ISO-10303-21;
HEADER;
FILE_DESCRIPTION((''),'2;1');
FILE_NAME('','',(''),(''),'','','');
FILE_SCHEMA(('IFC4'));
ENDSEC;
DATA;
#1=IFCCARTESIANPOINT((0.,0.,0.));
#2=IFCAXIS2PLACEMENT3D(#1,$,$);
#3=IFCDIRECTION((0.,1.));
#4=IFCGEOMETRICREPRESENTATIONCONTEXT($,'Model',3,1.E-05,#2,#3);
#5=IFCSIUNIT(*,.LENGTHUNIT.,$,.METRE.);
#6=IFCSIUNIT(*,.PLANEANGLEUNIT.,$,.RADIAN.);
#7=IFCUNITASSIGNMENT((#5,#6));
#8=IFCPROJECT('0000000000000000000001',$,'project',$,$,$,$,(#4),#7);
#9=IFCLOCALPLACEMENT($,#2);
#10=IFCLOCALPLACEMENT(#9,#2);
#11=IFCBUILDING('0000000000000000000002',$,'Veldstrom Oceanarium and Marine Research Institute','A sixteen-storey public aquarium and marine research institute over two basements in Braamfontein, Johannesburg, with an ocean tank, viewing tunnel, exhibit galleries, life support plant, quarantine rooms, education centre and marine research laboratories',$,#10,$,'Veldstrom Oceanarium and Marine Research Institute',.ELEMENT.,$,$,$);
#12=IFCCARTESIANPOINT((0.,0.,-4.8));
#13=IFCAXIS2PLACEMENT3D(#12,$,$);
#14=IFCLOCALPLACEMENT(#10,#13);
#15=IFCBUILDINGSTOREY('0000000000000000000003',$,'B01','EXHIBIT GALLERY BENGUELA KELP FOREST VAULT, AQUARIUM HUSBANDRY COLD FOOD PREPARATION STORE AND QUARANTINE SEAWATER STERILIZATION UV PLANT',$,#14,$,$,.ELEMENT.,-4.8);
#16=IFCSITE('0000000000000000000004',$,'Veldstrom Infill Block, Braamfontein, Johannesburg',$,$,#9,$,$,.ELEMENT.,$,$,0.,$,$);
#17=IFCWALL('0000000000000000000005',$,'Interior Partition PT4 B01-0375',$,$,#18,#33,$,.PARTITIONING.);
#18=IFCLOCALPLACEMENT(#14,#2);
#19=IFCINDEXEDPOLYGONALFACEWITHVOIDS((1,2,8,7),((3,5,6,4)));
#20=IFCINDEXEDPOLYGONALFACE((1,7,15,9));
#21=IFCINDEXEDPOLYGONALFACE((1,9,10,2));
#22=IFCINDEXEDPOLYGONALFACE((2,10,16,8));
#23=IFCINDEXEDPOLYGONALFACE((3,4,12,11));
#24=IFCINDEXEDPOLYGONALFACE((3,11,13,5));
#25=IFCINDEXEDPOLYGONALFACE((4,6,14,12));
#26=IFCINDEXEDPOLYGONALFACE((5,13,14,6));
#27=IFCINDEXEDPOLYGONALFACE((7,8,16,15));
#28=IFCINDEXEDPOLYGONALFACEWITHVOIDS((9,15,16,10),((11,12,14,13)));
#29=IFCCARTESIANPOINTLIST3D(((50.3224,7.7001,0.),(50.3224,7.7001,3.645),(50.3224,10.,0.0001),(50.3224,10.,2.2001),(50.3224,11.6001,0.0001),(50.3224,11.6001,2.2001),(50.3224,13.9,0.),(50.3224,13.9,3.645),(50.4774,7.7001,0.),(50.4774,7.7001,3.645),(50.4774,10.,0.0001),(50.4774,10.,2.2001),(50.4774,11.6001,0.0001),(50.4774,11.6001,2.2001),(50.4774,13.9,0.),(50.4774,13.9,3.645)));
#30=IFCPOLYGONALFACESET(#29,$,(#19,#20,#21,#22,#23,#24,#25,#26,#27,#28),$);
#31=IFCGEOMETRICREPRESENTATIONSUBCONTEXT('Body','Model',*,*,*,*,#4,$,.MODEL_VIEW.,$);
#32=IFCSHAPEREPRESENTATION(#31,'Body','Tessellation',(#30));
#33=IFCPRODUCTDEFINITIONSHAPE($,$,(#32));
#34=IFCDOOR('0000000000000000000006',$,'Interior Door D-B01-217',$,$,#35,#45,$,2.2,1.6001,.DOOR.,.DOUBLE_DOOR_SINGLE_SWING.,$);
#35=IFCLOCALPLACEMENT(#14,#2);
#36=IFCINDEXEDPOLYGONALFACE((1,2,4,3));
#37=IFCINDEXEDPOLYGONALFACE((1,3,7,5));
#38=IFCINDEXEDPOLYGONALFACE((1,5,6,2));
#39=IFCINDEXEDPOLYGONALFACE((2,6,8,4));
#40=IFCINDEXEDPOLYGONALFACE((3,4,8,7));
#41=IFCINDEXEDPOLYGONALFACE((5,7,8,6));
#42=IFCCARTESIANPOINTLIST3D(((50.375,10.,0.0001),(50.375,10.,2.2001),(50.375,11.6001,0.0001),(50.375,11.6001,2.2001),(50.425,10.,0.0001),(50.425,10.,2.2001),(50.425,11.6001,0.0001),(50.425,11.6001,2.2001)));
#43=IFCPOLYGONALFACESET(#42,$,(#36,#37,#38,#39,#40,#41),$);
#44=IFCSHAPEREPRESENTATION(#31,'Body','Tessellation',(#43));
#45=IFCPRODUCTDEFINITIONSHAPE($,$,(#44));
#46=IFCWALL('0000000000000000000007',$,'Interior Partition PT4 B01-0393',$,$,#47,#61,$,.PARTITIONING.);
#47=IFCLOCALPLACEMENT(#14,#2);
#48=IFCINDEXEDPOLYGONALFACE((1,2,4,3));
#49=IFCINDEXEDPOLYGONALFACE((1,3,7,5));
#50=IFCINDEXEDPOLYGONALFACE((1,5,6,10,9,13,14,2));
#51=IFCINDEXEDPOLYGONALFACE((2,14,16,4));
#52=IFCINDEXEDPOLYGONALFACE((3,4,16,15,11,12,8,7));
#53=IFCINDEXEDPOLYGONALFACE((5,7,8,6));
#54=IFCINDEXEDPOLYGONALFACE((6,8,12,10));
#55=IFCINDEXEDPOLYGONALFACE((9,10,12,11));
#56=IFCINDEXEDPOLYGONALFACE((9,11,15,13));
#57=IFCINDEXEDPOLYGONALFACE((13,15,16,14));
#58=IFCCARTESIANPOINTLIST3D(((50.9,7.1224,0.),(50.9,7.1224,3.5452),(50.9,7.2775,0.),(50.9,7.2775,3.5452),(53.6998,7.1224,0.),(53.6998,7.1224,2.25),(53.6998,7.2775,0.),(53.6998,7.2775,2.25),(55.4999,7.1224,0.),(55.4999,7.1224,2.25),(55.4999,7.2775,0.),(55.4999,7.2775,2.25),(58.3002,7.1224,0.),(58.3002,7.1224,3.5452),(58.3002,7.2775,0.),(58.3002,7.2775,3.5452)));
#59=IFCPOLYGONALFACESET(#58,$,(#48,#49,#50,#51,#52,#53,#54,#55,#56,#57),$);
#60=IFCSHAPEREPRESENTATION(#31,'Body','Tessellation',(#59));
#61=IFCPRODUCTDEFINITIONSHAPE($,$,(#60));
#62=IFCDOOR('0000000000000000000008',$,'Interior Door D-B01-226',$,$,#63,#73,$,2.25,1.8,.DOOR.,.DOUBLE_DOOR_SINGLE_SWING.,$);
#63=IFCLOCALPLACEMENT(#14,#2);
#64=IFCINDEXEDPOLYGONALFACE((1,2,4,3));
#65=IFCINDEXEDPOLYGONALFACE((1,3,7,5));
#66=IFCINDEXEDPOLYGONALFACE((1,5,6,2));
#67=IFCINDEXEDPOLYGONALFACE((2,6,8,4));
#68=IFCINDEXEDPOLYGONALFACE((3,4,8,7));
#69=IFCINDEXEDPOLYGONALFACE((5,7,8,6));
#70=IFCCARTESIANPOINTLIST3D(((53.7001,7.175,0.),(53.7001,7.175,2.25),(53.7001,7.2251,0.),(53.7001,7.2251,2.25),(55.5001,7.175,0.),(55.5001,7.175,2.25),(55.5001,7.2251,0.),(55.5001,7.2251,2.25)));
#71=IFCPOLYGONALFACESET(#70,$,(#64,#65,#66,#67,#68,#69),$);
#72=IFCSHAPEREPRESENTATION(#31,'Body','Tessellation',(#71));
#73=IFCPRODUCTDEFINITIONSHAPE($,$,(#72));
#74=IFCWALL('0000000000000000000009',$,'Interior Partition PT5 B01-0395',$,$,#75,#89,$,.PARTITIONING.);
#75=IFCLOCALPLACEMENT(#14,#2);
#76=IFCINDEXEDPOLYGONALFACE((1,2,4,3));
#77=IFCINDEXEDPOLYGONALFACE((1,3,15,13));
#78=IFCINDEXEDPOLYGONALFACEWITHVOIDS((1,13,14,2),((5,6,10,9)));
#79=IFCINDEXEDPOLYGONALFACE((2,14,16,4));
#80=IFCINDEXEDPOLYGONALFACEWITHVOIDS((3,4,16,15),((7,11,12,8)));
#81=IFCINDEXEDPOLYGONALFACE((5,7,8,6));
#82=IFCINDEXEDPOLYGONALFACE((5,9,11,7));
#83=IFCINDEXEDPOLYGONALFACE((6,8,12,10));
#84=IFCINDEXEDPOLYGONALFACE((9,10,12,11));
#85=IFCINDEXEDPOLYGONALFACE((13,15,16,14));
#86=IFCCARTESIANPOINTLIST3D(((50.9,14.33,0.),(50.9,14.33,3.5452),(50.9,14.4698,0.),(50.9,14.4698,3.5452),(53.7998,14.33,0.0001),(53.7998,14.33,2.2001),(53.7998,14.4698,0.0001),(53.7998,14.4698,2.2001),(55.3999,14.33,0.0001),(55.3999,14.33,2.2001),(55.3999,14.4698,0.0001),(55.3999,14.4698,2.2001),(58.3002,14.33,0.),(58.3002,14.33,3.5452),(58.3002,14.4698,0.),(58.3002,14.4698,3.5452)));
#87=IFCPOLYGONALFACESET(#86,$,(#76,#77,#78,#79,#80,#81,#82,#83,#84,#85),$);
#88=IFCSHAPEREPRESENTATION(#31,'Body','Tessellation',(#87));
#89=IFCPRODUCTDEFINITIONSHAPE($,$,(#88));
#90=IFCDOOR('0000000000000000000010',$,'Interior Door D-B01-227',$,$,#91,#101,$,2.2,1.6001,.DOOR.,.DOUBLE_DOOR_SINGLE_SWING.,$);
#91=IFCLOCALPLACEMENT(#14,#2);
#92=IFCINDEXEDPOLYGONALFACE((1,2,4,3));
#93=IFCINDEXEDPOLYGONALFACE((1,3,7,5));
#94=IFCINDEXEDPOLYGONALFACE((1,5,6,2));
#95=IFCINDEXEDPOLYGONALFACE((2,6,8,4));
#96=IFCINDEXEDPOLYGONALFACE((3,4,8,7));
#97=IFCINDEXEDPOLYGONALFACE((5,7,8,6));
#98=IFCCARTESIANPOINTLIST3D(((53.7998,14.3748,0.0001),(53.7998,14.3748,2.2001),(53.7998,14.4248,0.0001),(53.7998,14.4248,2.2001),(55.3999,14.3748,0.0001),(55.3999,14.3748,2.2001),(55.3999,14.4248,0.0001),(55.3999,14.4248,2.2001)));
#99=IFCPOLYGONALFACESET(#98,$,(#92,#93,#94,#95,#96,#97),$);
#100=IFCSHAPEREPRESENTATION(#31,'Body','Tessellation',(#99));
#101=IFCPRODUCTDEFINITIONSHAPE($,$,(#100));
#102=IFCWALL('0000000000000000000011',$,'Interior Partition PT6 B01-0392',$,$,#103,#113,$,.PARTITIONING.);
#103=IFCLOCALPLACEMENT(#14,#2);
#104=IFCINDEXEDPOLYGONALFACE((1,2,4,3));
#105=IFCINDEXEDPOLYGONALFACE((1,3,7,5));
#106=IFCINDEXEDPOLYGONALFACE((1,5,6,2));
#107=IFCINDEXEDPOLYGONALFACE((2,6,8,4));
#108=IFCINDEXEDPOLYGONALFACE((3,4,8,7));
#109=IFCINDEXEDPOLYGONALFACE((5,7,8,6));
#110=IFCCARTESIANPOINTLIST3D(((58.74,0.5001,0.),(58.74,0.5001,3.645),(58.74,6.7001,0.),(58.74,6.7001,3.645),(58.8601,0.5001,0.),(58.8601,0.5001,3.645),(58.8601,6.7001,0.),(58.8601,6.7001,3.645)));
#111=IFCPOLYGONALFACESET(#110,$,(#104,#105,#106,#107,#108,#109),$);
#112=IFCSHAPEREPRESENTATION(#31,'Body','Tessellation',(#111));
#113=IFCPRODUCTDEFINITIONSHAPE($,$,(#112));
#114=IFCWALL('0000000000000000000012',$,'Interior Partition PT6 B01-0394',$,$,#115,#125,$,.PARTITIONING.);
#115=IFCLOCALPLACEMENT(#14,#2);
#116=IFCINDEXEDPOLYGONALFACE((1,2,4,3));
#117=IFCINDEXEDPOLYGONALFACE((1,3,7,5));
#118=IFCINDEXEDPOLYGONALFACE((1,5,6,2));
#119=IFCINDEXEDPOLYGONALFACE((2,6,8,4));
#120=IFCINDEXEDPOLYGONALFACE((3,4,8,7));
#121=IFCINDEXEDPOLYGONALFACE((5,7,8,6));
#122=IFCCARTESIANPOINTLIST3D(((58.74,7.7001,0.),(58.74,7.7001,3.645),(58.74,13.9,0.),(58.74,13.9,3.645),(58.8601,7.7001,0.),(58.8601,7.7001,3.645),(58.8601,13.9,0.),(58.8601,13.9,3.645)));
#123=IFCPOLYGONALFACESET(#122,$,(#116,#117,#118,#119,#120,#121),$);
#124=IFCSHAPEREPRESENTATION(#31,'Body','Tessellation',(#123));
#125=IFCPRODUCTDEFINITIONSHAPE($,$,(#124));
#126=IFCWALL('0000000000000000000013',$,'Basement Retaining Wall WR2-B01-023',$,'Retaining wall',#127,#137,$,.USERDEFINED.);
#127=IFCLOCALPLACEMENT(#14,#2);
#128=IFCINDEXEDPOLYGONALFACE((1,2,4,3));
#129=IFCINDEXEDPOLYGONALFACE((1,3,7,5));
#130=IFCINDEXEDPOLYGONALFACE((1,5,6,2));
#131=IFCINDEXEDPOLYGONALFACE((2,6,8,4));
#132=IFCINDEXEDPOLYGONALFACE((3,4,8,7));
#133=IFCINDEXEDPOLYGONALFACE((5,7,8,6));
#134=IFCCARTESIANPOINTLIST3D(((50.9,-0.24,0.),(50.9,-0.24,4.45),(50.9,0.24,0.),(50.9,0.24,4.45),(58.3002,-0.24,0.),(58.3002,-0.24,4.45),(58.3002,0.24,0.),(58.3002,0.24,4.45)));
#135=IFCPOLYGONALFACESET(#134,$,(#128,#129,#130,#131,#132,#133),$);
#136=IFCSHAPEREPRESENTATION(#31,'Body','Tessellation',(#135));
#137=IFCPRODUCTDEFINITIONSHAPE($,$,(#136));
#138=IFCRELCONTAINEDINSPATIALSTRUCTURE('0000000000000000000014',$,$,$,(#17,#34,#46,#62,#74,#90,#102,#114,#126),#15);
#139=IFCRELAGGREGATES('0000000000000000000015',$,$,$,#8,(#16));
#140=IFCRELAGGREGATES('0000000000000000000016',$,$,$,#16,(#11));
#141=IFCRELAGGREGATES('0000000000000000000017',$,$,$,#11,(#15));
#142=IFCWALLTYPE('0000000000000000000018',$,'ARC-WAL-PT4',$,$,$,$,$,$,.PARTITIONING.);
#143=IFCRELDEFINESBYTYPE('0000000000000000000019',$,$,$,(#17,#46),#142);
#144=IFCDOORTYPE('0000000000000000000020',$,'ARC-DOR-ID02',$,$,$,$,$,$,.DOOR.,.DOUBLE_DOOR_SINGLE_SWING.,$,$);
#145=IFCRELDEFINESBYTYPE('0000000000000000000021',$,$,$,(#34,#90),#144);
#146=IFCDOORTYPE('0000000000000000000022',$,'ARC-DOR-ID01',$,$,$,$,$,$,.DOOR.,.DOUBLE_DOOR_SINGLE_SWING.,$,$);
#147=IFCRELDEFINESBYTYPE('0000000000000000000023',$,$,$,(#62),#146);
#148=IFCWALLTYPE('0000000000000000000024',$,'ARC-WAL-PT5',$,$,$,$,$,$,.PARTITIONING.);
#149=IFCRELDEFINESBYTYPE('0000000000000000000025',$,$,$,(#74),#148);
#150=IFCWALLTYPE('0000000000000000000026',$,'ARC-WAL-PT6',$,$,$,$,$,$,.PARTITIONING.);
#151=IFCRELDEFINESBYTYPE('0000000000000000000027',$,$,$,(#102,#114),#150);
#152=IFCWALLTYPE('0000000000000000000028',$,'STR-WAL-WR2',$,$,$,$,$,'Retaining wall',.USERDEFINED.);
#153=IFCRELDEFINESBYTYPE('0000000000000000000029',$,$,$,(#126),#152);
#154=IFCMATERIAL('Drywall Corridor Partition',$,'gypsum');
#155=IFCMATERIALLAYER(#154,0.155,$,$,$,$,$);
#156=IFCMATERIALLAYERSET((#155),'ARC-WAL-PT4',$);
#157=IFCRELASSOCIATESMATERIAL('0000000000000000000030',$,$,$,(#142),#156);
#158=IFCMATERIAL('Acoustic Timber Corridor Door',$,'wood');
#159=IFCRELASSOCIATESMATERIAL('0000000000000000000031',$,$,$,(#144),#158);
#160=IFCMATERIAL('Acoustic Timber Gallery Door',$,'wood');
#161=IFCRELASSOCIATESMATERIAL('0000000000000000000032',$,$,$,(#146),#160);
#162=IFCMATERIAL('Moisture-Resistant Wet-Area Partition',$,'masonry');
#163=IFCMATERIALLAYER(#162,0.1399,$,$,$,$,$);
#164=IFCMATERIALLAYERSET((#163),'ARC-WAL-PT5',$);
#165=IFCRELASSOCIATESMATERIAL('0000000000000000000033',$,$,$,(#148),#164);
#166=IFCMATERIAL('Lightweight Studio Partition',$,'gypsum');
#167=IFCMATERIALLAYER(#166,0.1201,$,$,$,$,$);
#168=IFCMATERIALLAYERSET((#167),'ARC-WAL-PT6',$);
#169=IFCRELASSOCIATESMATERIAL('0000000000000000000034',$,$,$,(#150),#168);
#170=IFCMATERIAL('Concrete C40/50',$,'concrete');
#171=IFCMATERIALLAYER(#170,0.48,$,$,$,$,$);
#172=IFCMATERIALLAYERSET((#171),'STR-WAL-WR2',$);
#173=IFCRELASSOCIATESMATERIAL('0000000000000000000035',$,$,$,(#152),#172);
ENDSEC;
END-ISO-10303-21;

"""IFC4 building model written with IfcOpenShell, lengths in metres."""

from ifc_helpers import new_model, si_unit, direction, frame, frame_2d, origin, place, context, subcontext, project, spatial, rectangle, extrude, material, layer, layer_set, type_object, element, fill, save


model = new_model("IFC4")

# Units and contexts
model_context = context("Model", 3, precision=1e-05, world=origin(), true_north=direction((0.0, 1.0)))
body_context = subcontext(model_context, "Body", "Model", "MODEL_VIEW")
ifc_project = project(units=[si_unit("LENGTHUNIT", "METRE"), si_unit("PLANEANGLEUNIT", "RADIAN")], contexts=[model_context])

# Site, building, storey
site_placement = place(None, origin())
site = spatial("IfcSite", under=ifc_project, at=site_placement, Name="Veldstrom Infill Block, Braamfontein, Johannesburg", CompositionType="ELEMENT", RefElevation=0.0)
building_placement = place(site_placement, origin())
building = spatial("IfcBuilding", under=site, at=building_placement, Name="Veldstrom Oceanarium and Marine Research Institute", Description="A sixteen-storey public aquarium and marine research institute over two basements in Braamfontein, Johannesburg, with an ocean tank, viewing tunnel, exhibit galleries, life support plant, quarantine rooms, education centre and marine research laboratories", LongName="Veldstrom Oceanarium and Marine Research Institute", CompositionType="ELEMENT")
storey_placement = place(building_placement, frame((0.0, 0.0, -4.8)))
storey = spatial("IfcBuildingStorey", under=building, at=storey_placement, Name="B01", Description="EXHIBIT GALLERY BENGUELA KELP FOREST VAULT, AQUARIUM HUSBANDRY COLD FOOD PREPARATION STORE AND QUARANTINE SEAWATER STERILIZATION UV PLANT", CompositionType="ELEMENT", Elevation=-4.8)

# Walls, openings, doors
ifc_material_1 = material(Name="Drywall Corridor Partition", Category="gypsum")
ifc_layer_1 = layer(ifc_material_1, 0.155)
ifc_layer_set_1 = layer_set([ifc_layer_1], Name="ARC-WAL-PT4")
wall_type_1 = type_object("IfcWallType", Name="ARC-WAL-PT4", PredefinedType="PARTITIONING", material=ifc_layer_set_1)
wall_1_placement = place(storey_placement, frame((50.3999, 7.7, 0.0), z_axis=(0.0, 0.0, 1.0), x_axis=(0.0, 1.0, 0.0)))
wall_1 = element("IfcWall", 1, at=wall_1_placement, inside=storey, type_object=wall_type_1, Name="Interior Partition PT4 B01-0375", PredefinedType="PARTITIONING", context=body_context, shape_type="SweptSolid", body=[
    extrude(rectangle(XDim=6.2, YDim=0.155, at=frame_2d((3.1001, 0.0))), origin(), (0.0, 0.0, 1.0), 3.645),
])
opening_1_placement = place(wall_1_placement, frame((2.3, 0.0, 0.0)))
opening_1 = element("IfcOpeningElement", 2, at=opening_1_placement, cuts=wall_1, PredefinedType="OPENING", context=body_context, shape_type="SweptSolid", body=[
    extrude(rectangle(XDim=1.6001, YDim=2.2, at=frame_2d((0.8, 1.1001))), frame((0.0, 0.0874, 0.0), z_axis=(0.0, -1.0, 0.0), x_axis=(1.0, 0.0, 0.0)), (0.0, 0.0, 1.0), 0.175),
])
ifc_material_2 = material(Name="Acoustic Timber Corridor Door", Category="wood")
door_type_1 = type_object("IfcDoorType", Name="ARC-DOR-ID02", OperationType="DOUBLE_DOOR_SINGLE_SWING", PredefinedType="DOOR", material=ifc_material_2)
door_1_placement = place(opening_1_placement, origin())
door_1 = element("IfcDoor", 3, at=door_1_placement, inside=storey, type_object=door_type_1, Name="Interior Door D-B01-217", OperationType="DOUBLE_DOOR_SINGLE_SWING", OverallHeight=2.2, OverallWidth=1.6001, PredefinedType="DOOR", context=body_context, shape_type="SweptSolid", body=[
    extrude(rectangle(XDim=1.6001, YDim=2.2, at=frame_2d((0.8, 1.1001))), frame((0.0, 0.0249, 0.0), z_axis=(0.0, -1.0, 0.0), x_axis=(1.0, 0.0, 0.0)), (0.0, 0.0, 1.0), 0.05),
])
fill(opening_1, door_1)
wall_2_placement = place(storey_placement, frame((50.8999, 7.2, 0.0), z_axis=(0.0, 0.0, 1.0), x_axis=(1.0, 0.0, 0.0)))
wall_2 = element("IfcWall", 4, at=wall_2_placement, inside=storey, type_object=wall_type_1, Name="Interior Partition PT4 B01-0393", PredefinedType="PARTITIONING", context=body_context, shape_type="SweptSolid", body=[
    extrude(rectangle(XDim=7.4001, YDim=0.155, at=frame_2d((3.7002, 0.0))), origin(), (0.0, 0.0, 1.0), 3.5452),
])
opening_2_placement = place(wall_2_placement, frame((2.8, 0.0, 0.0)))
opening_2 = element("IfcOpeningElement", 5, at=opening_2_placement, cuts=wall_2, PredefinedType="OPENING", context=body_context, shape_type="SweptSolid", body=[
    extrude(rectangle(XDim=1.8, YDim=2.25, at=frame_2d((0.8999, 1.125))), frame((0.0, 0.0874, 0.0), z_axis=(0.0, -1.0, 0.0), x_axis=(1.0, 0.0, 0.0)), (0.0, 0.0, 1.0), 0.175),
])
ifc_material_3 = material(Name="Acoustic Timber Gallery Door", Category="wood")
door_type_2 = type_object("IfcDoorType", Name="ARC-DOR-ID01", OperationType="DOUBLE_DOOR_SINGLE_SWING", PredefinedType="DOOR", material=ifc_material_3)
door_2_placement = place(opening_2_placement, frame((1.8, 0.0, 0.0), z_axis=(0.0, 0.0, 1.0), x_axis=(-1.0, 0.0, 0.0)))
door_2 = element("IfcDoor", 6, at=door_2_placement, inside=storey, type_object=door_type_2, Name="Interior Door D-B01-226", OperationType="DOUBLE_DOOR_SINGLE_SWING", OverallHeight=2.25, OverallWidth=1.8, PredefinedType="DOOR", context=body_context, shape_type="SweptSolid", body=[
    extrude(rectangle(XDim=1.8, YDim=2.25, at=frame_2d((0.8999, 1.125))), frame((0.0, 0.0249, 0.0), z_axis=(0.0, -1.0, 0.0), x_axis=(1.0, 0.0, 0.0)), (0.0, 0.0, 1.0), 0.05),
])
fill(opening_2, door_2)
ifc_material_4 = material(Name="Moisture-Resistant Wet-Area Partition", Category="masonry")
ifc_layer_2 = layer(ifc_material_4, 0.1399)
ifc_layer_set_2 = layer_set([ifc_layer_2], Name="ARC-WAL-PT5")
wall_type_2 = type_object("IfcWallType", Name="ARC-WAL-PT5", PredefinedType="PARTITIONING", material=ifc_layer_set_2)
wall_3_placement = place(storey_placement, frame((50.8999, 14.3999, 0.0), z_axis=(0.0, 0.0, 1.0), x_axis=(1.0, 0.0, 0.0)))
wall_3 = element("IfcWall", 7, at=wall_3_placement, inside=storey, type_object=wall_type_2, Name="Interior Partition PT5 B01-0395", PredefinedType="PARTITIONING", context=body_context, shape_type="SweptSolid", body=[
    extrude(rectangle(XDim=7.4001, YDim=0.1399, at=frame_2d((3.7002, 0.0))), origin(), (0.0, 0.0, 1.0), 3.5452),
])
opening_3_placement = place(wall_3_placement, frame((2.8999, 0.0, 0.0)))
opening_3 = element("IfcOpeningElement", 8, at=opening_3_placement, cuts=wall_3, PredefinedType="OPENING", context=body_context, shape_type="SweptSolid", body=[
    extrude(rectangle(XDim=1.6001, YDim=2.2, at=frame_2d((0.8, 1.1001))), frame((0.0, 0.0798, 0.0), z_axis=(0.0, -1.0, 0.0), x_axis=(1.0, 0.0, 0.0)), (0.0, 0.0, 1.0), 0.1599),
])
door_3_placement = place(opening_3_placement, origin())
door_3 = element("IfcDoor", 9, at=door_3_placement, inside=storey, type_object=door_type_1, Name="Interior Door D-B01-227", OperationType="DOUBLE_DOOR_SINGLE_SWING", OverallHeight=2.2, OverallWidth=1.6001, PredefinedType="DOOR", context=body_context, shape_type="SweptSolid", body=[
    extrude(rectangle(XDim=1.6001, YDim=2.2, at=frame_2d((0.8, 1.1001))), frame((0.0, 0.0249, 0.0), z_axis=(0.0, -1.0, 0.0), x_axis=(1.0, 0.0, 0.0)), (0.0, 0.0, 1.0), 0.05),
])
fill(opening_3, door_3)

# Walls
ifc_material_5 = material(Name="Lightweight Studio Partition", Category="gypsum")
ifc_layer_3 = layer(ifc_material_5, 0.1201)
ifc_layer_set_3 = layer_set([ifc_layer_3], Name="ARC-WAL-PT6")
wall_type_3 = type_object("IfcWallType", Name="ARC-WAL-PT6", PredefinedType="PARTITIONING", material=ifc_layer_set_3)
for number, where, z_axis, x_axis, name in (
    (10, (58.8, 0.5, 0.0), (0.0, 0.0, 1.0), (0.0, 1.0, 0.0), "Interior Partition PT6 B01-0392"),
    (11, (58.8, 7.7, 0.0), (0.0, 0.0, 1.0), (0.0, 1.0, 0.0), "Interior Partition PT6 B01-0394"),
):
    element("IfcWall", number, at=place(storey_placement, frame(where, z_axis=z_axis, x_axis=x_axis)), inside=storey, type_object=wall_type_3, Name=name, PredefinedType="PARTITIONING", context=body_context, shape_type="SweptSolid", body=[
        extrude(rectangle(XDim=6.2, YDim=0.1201, at=frame_2d((3.1001, 0.0))), origin(), (0.0, 0.0, 1.0), 3.645),
    ])
ifc_material_6 = material(Name="Concrete C40/50", Category="concrete")
ifc_layer_4 = layer(ifc_material_6, 0.48)
ifc_layer_set_4 = layer_set([ifc_layer_4], Name="STR-WAL-WR2")
wall_type_4 = type_object("IfcWallType", Name="STR-WAL-WR2", ElementType="Retaining wall", PredefinedType="USERDEFINED", material=ifc_layer_set_4)
wall_4_placement = place(storey_placement, frame((50.8999, 0.0, 0.0), z_axis=(0.0, 0.0, 1.0), x_axis=(1.0, 0.0, 0.0)))
element("IfcWall", 12, at=wall_4_placement, inside=storey, type_object=wall_type_4, Name="Basement Retaining Wall WR2-B01-023", ObjectType="Retaining wall", PredefinedType="USERDEFINED", context=body_context, shape_type="SweptSolid", body=[
    extrude(rectangle(XDim=7.4001, YDim=0.48, at=frame_2d((3.7002, 0.0))), origin(), (0.0, 0.0, 1.0), 4.45),
])

save(model, "model.ifc")
